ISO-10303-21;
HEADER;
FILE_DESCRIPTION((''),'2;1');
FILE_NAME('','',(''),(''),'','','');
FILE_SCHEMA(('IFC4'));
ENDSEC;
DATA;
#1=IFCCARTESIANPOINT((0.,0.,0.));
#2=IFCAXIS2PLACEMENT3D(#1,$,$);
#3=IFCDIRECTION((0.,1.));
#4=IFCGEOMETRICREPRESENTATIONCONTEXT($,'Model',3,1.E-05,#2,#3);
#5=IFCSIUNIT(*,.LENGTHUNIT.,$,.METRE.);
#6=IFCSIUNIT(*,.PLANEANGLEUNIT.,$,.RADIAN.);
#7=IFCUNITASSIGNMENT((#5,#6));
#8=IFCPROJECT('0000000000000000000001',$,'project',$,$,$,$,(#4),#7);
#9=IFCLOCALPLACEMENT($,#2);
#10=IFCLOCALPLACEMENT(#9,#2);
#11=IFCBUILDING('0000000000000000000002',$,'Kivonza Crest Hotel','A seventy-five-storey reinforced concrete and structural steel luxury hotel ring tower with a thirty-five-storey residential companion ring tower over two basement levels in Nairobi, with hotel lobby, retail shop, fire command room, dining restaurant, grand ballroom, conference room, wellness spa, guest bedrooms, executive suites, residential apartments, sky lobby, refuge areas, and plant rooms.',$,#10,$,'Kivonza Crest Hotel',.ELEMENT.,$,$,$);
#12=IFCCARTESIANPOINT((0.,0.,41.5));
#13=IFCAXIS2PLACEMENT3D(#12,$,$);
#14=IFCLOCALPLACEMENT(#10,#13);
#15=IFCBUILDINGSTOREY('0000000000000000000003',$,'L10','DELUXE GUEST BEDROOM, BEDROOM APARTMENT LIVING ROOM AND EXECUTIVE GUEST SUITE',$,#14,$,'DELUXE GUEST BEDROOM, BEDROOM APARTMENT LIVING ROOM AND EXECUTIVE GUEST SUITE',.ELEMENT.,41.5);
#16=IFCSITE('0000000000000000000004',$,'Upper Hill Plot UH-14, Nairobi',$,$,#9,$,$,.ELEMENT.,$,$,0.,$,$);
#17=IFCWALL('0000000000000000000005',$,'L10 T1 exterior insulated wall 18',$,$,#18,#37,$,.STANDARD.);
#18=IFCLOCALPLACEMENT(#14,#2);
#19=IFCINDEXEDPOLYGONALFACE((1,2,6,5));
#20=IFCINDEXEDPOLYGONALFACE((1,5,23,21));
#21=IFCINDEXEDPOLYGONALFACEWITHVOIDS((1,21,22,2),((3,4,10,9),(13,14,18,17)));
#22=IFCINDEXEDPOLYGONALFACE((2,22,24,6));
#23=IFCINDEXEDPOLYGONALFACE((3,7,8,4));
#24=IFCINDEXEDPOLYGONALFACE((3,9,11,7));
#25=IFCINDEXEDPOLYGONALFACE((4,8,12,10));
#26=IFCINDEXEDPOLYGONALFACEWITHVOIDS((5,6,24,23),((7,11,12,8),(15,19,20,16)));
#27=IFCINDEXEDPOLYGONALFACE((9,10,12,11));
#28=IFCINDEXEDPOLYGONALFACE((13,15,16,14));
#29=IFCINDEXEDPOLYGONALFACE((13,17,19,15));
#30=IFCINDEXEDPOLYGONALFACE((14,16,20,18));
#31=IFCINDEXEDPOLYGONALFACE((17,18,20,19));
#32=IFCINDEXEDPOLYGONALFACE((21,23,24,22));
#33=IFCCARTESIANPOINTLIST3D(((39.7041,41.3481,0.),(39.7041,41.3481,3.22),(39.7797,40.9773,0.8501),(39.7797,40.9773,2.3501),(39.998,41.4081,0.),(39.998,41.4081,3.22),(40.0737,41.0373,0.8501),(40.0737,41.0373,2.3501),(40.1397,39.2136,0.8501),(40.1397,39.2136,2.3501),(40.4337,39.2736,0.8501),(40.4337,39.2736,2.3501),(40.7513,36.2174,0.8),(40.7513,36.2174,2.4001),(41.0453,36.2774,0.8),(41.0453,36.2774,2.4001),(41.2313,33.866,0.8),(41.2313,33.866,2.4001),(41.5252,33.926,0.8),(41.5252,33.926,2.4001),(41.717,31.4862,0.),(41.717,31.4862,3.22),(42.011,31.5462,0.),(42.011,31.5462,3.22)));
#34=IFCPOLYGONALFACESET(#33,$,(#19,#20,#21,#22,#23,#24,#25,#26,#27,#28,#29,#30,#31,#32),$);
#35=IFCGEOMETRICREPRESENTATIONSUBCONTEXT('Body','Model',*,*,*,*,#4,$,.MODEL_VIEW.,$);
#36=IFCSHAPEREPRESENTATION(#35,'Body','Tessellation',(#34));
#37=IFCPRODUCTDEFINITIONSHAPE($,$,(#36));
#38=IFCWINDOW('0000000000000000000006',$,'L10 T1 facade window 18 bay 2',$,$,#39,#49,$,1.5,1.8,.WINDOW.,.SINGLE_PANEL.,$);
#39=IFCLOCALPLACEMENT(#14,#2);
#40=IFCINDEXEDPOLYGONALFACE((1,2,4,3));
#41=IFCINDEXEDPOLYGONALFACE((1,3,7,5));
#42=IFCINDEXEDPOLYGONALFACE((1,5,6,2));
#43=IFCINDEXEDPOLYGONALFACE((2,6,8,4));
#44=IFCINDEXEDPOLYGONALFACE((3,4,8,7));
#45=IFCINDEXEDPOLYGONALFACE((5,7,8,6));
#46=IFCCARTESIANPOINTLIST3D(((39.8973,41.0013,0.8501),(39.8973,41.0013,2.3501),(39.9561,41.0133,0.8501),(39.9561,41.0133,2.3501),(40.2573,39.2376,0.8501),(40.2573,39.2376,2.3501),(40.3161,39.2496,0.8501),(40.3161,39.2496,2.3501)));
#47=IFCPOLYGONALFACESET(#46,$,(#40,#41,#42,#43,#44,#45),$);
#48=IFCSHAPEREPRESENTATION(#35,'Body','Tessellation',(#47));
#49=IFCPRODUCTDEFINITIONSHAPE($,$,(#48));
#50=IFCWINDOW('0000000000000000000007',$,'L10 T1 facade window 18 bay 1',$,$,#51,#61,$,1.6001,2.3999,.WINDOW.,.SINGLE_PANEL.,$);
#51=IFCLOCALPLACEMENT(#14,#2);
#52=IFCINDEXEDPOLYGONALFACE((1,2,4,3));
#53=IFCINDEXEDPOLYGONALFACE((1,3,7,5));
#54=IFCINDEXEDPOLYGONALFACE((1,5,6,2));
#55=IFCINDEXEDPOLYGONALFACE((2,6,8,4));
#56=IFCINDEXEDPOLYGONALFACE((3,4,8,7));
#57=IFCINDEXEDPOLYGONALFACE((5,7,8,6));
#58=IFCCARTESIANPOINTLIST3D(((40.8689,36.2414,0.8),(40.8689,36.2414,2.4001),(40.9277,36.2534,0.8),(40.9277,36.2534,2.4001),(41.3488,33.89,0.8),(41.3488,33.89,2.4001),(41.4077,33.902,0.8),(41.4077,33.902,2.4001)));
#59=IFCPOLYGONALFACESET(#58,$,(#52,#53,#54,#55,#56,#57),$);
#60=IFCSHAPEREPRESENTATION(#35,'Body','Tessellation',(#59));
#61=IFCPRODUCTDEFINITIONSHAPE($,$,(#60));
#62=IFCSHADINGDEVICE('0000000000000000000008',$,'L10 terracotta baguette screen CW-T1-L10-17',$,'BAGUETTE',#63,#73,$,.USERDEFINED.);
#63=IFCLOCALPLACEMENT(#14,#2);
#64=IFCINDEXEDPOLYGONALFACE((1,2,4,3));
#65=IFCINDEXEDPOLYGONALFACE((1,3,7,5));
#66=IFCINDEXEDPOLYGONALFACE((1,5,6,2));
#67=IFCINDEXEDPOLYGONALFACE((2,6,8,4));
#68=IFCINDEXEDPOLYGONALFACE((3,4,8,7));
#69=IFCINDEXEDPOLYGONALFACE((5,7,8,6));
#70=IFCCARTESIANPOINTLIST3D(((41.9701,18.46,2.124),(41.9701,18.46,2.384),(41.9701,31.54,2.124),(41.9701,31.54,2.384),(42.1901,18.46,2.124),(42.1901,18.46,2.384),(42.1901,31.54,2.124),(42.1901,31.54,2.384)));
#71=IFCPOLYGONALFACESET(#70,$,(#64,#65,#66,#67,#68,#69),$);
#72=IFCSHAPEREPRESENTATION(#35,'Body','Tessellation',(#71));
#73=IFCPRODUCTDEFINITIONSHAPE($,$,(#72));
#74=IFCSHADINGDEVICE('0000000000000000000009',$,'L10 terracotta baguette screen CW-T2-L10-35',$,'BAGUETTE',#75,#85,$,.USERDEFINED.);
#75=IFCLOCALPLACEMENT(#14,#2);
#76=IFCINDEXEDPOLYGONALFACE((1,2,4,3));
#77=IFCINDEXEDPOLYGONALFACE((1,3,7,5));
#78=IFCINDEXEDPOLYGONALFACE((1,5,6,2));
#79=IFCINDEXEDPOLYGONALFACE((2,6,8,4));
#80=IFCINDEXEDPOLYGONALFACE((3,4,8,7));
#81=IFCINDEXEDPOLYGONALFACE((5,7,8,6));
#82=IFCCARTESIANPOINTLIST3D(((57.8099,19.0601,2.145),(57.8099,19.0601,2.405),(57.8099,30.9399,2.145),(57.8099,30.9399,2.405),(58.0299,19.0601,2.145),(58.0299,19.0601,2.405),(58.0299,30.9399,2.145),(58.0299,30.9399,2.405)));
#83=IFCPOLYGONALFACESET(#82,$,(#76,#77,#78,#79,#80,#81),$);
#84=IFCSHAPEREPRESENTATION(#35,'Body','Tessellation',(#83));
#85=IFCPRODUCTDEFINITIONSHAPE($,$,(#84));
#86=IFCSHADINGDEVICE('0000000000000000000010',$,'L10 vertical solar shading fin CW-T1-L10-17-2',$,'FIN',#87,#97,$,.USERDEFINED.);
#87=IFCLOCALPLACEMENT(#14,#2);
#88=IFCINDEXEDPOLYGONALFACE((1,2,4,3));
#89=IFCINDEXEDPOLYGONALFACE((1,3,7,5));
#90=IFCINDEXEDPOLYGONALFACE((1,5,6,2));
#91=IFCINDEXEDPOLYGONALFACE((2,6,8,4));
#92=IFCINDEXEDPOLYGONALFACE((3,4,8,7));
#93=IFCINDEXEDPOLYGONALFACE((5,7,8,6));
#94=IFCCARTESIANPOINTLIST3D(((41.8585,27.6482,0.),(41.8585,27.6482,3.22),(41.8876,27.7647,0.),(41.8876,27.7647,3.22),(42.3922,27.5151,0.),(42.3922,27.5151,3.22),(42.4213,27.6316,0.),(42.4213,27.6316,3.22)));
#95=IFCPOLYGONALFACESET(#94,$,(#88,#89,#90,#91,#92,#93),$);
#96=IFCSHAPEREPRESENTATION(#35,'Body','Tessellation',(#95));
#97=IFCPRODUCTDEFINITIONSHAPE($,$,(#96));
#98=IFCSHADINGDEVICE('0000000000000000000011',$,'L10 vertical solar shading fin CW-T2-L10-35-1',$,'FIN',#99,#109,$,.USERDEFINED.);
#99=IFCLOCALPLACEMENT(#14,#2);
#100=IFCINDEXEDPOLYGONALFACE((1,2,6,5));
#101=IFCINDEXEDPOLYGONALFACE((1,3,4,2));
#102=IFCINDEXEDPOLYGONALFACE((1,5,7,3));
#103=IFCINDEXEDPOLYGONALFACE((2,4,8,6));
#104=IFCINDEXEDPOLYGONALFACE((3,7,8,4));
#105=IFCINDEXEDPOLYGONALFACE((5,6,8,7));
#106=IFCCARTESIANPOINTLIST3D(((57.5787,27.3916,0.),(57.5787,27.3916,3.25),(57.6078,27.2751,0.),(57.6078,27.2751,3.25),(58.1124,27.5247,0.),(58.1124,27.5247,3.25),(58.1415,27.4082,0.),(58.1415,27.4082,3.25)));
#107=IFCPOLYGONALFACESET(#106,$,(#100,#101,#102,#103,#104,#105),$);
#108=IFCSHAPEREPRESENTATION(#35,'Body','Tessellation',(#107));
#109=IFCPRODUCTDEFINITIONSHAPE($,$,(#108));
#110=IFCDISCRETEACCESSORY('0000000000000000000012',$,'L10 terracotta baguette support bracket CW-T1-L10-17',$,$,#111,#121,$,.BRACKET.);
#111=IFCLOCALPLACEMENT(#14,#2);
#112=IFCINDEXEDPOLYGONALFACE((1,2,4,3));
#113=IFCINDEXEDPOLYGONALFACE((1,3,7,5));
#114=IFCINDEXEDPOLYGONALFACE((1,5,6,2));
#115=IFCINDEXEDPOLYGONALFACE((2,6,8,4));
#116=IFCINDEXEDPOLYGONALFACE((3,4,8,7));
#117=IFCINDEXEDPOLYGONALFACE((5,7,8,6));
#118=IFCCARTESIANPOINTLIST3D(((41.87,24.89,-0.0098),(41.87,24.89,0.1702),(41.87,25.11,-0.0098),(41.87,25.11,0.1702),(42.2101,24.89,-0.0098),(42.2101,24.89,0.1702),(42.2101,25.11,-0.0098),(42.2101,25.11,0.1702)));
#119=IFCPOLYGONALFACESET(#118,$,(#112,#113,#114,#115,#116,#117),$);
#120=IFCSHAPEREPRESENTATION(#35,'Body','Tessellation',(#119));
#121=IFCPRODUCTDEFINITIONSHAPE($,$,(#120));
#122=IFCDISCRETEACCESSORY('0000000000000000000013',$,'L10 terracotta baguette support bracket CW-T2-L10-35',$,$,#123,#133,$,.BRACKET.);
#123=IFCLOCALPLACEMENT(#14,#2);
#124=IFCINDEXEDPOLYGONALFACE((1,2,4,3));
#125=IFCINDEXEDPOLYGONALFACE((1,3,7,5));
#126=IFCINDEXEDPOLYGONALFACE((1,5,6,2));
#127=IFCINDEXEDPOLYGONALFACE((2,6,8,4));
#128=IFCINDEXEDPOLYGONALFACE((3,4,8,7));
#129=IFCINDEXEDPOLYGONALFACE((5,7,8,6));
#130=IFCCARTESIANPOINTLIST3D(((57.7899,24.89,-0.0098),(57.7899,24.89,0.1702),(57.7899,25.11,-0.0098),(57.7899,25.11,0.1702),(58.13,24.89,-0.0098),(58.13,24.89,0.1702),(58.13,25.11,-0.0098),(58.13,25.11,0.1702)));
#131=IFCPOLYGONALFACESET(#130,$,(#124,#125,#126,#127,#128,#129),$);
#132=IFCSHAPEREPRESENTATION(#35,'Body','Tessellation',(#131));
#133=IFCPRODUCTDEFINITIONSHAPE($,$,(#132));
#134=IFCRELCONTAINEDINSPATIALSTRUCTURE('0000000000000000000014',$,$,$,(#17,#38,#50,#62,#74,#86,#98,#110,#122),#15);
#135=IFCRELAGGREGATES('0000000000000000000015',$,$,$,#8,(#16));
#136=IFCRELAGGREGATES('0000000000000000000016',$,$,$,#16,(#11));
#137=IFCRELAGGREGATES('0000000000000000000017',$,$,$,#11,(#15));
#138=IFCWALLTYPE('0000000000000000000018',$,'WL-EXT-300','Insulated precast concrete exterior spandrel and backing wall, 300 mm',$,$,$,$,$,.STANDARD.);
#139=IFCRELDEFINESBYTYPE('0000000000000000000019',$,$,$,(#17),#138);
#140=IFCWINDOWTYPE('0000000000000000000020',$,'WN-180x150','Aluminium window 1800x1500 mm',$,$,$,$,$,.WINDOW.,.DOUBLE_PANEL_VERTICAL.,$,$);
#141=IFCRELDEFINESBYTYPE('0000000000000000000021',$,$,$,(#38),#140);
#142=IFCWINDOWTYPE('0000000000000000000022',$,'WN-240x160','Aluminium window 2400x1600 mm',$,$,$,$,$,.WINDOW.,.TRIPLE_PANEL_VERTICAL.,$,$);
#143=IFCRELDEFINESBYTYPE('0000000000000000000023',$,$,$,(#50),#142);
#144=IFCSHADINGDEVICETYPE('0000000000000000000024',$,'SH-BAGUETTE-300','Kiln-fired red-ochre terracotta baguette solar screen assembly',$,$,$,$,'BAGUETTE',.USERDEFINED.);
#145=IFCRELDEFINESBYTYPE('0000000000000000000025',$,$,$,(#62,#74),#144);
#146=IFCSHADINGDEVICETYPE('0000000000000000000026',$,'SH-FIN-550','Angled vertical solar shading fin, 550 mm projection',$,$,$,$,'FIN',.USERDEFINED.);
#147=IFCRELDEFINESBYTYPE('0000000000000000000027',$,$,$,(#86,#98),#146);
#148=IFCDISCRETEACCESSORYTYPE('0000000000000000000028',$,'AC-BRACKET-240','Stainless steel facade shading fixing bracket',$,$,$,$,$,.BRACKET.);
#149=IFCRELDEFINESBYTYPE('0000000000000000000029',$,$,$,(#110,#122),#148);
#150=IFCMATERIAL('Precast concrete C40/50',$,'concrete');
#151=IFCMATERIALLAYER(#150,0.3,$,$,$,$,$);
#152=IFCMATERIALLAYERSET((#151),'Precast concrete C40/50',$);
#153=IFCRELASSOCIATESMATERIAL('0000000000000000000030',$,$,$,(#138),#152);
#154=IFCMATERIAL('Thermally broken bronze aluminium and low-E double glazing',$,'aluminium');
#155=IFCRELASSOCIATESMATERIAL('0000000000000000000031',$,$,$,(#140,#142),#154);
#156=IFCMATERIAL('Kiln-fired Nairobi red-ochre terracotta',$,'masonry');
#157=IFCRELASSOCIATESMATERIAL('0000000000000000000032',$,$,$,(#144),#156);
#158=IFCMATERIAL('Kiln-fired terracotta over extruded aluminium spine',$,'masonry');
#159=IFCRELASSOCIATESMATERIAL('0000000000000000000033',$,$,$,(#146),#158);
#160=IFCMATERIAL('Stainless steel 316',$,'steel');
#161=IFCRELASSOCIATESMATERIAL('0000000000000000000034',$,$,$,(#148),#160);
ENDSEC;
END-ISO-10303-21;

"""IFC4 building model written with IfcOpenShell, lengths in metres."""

from ifc_helpers import new_model, si_unit, direction, frame, frame_2d, origin, origin_2d, place, context, subcontext, project, spatial, rectangle, extrude, material, layer, layer_set, type_object, element, fill, save


model = new_model("IFC4")

# Units and contexts
model_context = context("Model", 3, precision=1e-05, world=origin(), true_north=direction((0.0, 1.0)))
body_context = subcontext(model_context, "Body", "Model", "MODEL_VIEW")
ifc_project = project(units=[si_unit("LENGTHUNIT", "METRE"), si_unit("PLANEANGLEUNIT", "RADIAN")], contexts=[model_context])

# Site, building, storey
site_placement = place(None, origin())
site = spatial("IfcSite", under=ifc_project, at=site_placement, Name="Upper Hill Plot UH-14, Nairobi", CompositionType="ELEMENT", RefElevation=0.0)
building_placement = place(site_placement, origin())
building = spatial("IfcBuilding", under=site, at=building_placement, Name="Kivonza Crest Hotel", Description="A seventy-five-storey reinforced concrete and structural steel luxury hotel ring tower with a thirty-five-storey residential companion ring tower over two basement levels in Nairobi, with hotel lobby, retail shop, fire command room, dining restaurant, grand ballroom, conference room, wellness spa, guest bedrooms, executive suites, residential apartments, sky lobby, refuge areas, and plant rooms.", LongName="Kivonza Crest Hotel", CompositionType="ELEMENT")
storey_placement = place(building_placement, frame((0.0, 0.0, 41.5)))
storey = spatial("IfcBuildingStorey", under=building, at=storey_placement, Name="L10", Description="DELUXE GUEST BEDROOM, BEDROOM APARTMENT LIVING ROOM AND EXECUTIVE GUEST SUITE", LongName="DELUXE GUEST BEDROOM, BEDROOM APARTMENT LIVING ROOM AND EXECUTIVE GUEST SUITE", CompositionType="ELEMENT", Elevation=41.5)

# Wall, openings, windows
ifc_material_1 = material(Name="Precast concrete C40/50", Category="concrete")
ifc_layer_1 = layer(ifc_material_1, 0.3)
ifc_layer_set_1 = layer_set([ifc_layer_1], Name="Precast concrete C40/50")
wall_type = type_object("IfcWallType", Name="WL-EXT-300", Description="Insulated precast concrete exterior spandrel and backing wall, 300 mm", PredefinedType="STANDARD", material=ifc_layer_set_1)
wall_placement = place(storey_placement, frame((41.864, 31.5161, 0.0), z_axis=(0.0, 0.0, 1.0), x_axis=(-0.199991, 0.979798, 0.0)))
wall = element("IfcWall", 1, at=wall_placement, inside=storey, type_object=wall_type, Name="L10 T1 exterior insulated wall 18", PredefinedType="STANDARD", context=body_context, shape_type="SweptSolid", body=[
    extrude(rectangle(XDim=10.0652, YDim=0.3, at=frame_2d((5.0327, 0.0))), origin(), (0.0, 0.0, 1.0), 3.22),
])
opening_1_placement = place(wall_placement, frame((2.429, 0.0, 0.8)))
opening_1 = element("IfcOpeningElement", 2, at=opening_1_placement, cuts=wall, PredefinedType="OPENING", context=body_context, shape_type="SweptSolid", body=[
    extrude(rectangle(XDim=2.3999, YDim=1.6001, at=frame_2d((1.2, 0.8))), frame((0.0, 0.1602, 0.0), z_axis=(0.0, -1.0, 0.0), x_axis=(1.0, 0.0, 0.0)), (0.0, 0.0, 1.0), 0.3201),
])
opening_2_placement = place(wall_placement, frame((7.887, 0.0, 0.8501)))
opening_2 = element("IfcOpeningElement", 3, at=opening_2_placement, cuts=wall, PredefinedType="OPENING", context=body_context, shape_type="SweptSolid", body=[
    extrude(rectangle(XDim=1.8, YDim=1.5, at=frame_2d((0.8999, 0.75))), frame((0.0, 0.1602, 0.0), z_axis=(0.0, -1.0, 0.0), x_axis=(1.0, 0.0, 0.0)), (0.0, 0.0, 1.0), 0.3201),
])
ifc_material_2 = material(Name="Thermally broken bronze aluminium and low-E double glazing", Category="aluminium")
window_type_1 = type_object("IfcWindowType", Name="WN-180x150", Description="Aluminium window 1800x1500 mm", PartitioningType="DOUBLE_PANEL_VERTICAL", PredefinedType="WINDOW", material=ifc_material_2)
window_1_placement = place(opening_2_placement, origin())
window_1 = element("IfcWindow", 4, at=window_1_placement, inside=storey, type_object=window_type_1, Name="L10 T1 facade window 18 bay 2", OverallHeight=1.5, OverallWidth=1.8, PartitioningType="SINGLE_PANEL", PredefinedType="WINDOW", context=body_context, shape_type="SweptSolid", body=[
    extrude(rectangle(XDim=1.8, YDim=1.5, at=frame_2d((0.8999, 0.75))), frame((0.0, 0.03, 0.0), z_axis=(0.0, -1.0, 0.0), x_axis=(1.0, 0.0, 0.0)), (0.0, 0.0, 1.0), 0.0601),
])
fill(opening_2, window_1)
window_type_2 = type_object("IfcWindowType", Name="WN-240x160", Description="Aluminium window 2400x1600 mm", PartitioningType="TRIPLE_PANEL_VERTICAL", PredefinedType="WINDOW", material=ifc_material_2)
window_2_placement = place(opening_1_placement, origin())
window_2 = element("IfcWindow", 5, at=window_2_placement, inside=storey, type_object=window_type_2, Name="L10 T1 facade window 18 bay 1", OverallHeight=1.6001, OverallWidth=2.3999, PartitioningType="SINGLE_PANEL", PredefinedType="WINDOW", context=body_context, shape_type="SweptSolid", body=[
    extrude(rectangle(XDim=2.3999, YDim=1.6001, at=frame_2d((1.2, 0.8))), frame((0.0, 0.03, 0.0), z_axis=(0.0, -1.0, 0.0), x_axis=(1.0, 0.0, 0.0)), (0.0, 0.0, 1.0), 0.0601),
])
fill(opening_1, window_2)

# Shading devices
ifc_material_3 = material(Name="Kiln-fired Nairobi red-ochre terracotta", Category="masonry")
shading_device_type_1 = type_object("IfcShadingDeviceType", Name="SH-BAGUETTE-300", Description="Kiln-fired red-ochre terracotta baguette solar screen assembly", ElementType="BAGUETTE", PredefinedType="USERDEFINED", material=ifc_material_3)
shading_device_1_placement = place(storey_placement, frame((42.0801, 25.0, 2.124), z_axis=(0.0, 0.0, 1.0), x_axis=(0.0, 1.0, 0.0)))
element("IfcShadingDevice", 6, at=shading_device_1_placement, inside=storey, type_object=shading_device_type_1, Name="L10 terracotta baguette screen CW-T1-L10-17", ObjectType="BAGUETTE", PredefinedType="USERDEFINED", context=body_context, shape_type="SweptSolid", body=[
    extrude(rectangle(XDim=13.0801, YDim=0.22, at=origin_2d()), origin(), (0.0, 0.0, 1.0), 0.26),
])
shading_device_2_placement = place(storey_placement, frame((57.9199, 25.0, 2.145), z_axis=(0.0, 0.0, 1.0), x_axis=(0.0, -1.0, 0.0)))
element("IfcShadingDevice", 7, at=shading_device_2_placement, inside=storey, type_object=shading_device_type_1, Name="L10 terracotta baguette screen CW-T2-L10-35", ObjectType="BAGUETTE", PredefinedType="USERDEFINED", context=body_context, shape_type="SweptSolid", body=[
    extrude(rectangle(XDim=11.8799, YDim=0.22, at=origin_2d()), origin(), (0.0, 0.0, 1.0), 0.26),
])
ifc_material_4 = material(Name="Kiln-fired terracotta over extruded aluminium spine", Category="masonry")
shading_device_type_2 = type_object("IfcShadingDeviceType", Name="SH-FIN-550", Description="Angled vertical solar shading fin, 550 mm projection", ElementType="FIN", PredefinedType="USERDEFINED", material=ifc_material_4)
shading_device_3_placement = place(storey_placement, frame((42.1399, 27.6399, 0.0), z_axis=(0.0, 0.0, 1.0), x_axis=(0.241922, 0.970296, 0.0)))
element("IfcShadingDevice", 8, at=shading_device_3_placement, inside=storey, type_object=shading_device_type_2, Name="L10 vertical solar shading fin CW-T1-L10-17-2", ObjectType="FIN", PredefinedType="USERDEFINED", context=body_context, shape_type="SweptSolid", body=[
    extrude(rectangle(XDim=0.1201, YDim=0.55, at=origin_2d()), origin(), (0.0, 0.0, 1.0), 3.22),
])
shading_device_4_placement = place(storey_placement, frame((57.8601, 27.3999, 0.0), z_axis=(0.0, 0.0, 1.0), x_axis=(0.241922, -0.970296, 0.0)))
element("IfcShadingDevice", 9, at=shading_device_4_placement, inside=storey, type_object=shading_device_type_2, Name="L10 vertical solar shading fin CW-T2-L10-35-1", ObjectType="FIN", PredefinedType="USERDEFINED", context=body_context, shape_type="SweptSolid", body=[
    extrude(rectangle(XDim=0.1201, YDim=0.55, at=origin_2d()), origin(), (0.0, 0.0, 1.0), 3.25),
])

# Discrete accessories
ifc_material_5 = material(Name="Stainless steel 316", Category="steel")
discrete_accessory_type = type_object("IfcDiscreteAccessoryType", Name="AC-BRACKET-240", Description="Stainless steel facade shading fixing bracket", PredefinedType="BRACKET", material=ifc_material_5)
for number, where, z_axis, x_axis, name in (
    (10, (42.04, 25.0, -0.0098), (0.0, 0.0, 1.0), (0.0, 1.0, 0.0), "L10 terracotta baguette support bracket CW-T1-L10-17"),
    (11, (57.96, 25.0, -0.0098), (0.0, 0.0, 1.0), (0.0, -1.0, 0.0), "L10 terracotta baguette support bracket CW-T2-L10-35"),
):
    element("IfcDiscreteAccessory", number, at=place(storey_placement, frame(where, z_axis=z_axis, x_axis=x_axis)), inside=storey, type_object=discrete_accessory_type, Name=name, PredefinedType="BRACKET", context=body_context, shape_type="SweptSolid", body=[
        extrude(rectangle(XDim=0.22, YDim=0.3401, at=origin_2d()), origin(), (0.0, 0.0, 1.0), 0.1799),
    ])

save(model, "model.ifc")
